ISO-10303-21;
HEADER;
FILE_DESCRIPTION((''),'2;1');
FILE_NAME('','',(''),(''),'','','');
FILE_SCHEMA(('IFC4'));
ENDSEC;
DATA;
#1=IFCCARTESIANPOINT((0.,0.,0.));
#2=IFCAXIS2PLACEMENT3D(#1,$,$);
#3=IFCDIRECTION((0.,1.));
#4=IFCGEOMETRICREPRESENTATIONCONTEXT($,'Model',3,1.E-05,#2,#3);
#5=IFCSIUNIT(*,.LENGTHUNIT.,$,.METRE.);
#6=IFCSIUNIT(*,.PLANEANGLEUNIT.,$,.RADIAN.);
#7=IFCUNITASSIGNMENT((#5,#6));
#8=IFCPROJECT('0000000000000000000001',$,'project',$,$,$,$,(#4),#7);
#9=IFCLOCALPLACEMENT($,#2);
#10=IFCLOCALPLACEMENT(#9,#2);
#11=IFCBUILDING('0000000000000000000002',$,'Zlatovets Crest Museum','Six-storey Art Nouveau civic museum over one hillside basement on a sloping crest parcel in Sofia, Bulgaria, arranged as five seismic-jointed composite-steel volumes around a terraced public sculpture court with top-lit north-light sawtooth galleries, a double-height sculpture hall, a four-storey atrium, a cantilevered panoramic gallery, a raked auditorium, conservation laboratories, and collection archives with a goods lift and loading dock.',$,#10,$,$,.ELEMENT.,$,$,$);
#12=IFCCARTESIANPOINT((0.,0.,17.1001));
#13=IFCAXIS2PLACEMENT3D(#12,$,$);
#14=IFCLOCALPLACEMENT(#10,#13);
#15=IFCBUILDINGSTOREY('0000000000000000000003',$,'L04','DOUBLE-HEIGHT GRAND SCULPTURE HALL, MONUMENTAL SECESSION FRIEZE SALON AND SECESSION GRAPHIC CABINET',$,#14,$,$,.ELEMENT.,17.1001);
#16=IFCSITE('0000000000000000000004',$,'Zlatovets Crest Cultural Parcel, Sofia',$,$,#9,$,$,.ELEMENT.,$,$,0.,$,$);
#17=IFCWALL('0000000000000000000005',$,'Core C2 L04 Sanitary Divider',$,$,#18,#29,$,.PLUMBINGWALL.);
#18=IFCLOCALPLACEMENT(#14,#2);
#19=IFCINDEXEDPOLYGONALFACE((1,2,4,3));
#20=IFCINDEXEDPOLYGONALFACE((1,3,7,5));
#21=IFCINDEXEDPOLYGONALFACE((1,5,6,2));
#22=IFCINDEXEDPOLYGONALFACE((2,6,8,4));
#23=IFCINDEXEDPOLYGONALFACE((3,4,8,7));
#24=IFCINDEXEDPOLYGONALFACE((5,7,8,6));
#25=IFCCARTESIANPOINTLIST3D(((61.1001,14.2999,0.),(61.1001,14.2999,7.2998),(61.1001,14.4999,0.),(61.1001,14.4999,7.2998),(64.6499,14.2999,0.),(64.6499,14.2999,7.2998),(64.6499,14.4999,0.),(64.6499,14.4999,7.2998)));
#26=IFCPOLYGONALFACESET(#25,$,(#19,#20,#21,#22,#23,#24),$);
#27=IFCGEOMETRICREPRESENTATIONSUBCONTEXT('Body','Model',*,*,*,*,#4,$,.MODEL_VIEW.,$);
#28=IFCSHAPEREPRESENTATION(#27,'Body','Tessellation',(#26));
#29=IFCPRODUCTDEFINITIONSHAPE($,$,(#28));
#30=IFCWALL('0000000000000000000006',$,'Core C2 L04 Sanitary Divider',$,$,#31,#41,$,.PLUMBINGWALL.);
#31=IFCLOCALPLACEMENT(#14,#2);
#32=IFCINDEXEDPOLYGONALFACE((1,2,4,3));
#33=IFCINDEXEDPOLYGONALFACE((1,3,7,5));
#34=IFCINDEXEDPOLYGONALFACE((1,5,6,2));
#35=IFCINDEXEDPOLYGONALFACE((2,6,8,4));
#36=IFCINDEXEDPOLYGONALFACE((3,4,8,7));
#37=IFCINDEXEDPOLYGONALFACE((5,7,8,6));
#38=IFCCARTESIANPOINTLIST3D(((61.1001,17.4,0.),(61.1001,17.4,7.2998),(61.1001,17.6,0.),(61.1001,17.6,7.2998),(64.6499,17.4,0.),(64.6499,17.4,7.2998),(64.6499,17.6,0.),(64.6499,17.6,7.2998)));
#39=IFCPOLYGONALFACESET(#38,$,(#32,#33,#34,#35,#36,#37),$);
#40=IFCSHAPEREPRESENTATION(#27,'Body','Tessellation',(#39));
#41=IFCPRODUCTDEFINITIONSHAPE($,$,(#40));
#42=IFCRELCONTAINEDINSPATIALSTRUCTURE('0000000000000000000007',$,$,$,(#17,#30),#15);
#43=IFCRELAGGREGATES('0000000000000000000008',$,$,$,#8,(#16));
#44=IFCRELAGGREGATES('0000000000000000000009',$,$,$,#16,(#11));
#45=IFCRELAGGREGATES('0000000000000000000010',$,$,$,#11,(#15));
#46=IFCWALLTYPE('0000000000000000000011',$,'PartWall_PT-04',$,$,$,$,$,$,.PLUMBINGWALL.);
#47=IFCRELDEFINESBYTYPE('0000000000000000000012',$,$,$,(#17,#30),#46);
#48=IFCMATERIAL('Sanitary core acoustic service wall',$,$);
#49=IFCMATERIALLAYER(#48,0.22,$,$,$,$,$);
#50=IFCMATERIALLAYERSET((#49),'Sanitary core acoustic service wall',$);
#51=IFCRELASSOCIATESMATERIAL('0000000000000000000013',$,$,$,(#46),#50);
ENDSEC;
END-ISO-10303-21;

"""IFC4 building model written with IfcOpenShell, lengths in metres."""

from ifc_helpers import new_model, si_unit, direction, frame, frame_2d, origin, place, context, subcontext, project, spatial, rectangle, extrude, material, layer, layer_set, type_object, element, save


model = new_model("IFC4")

# Units and contexts
model_context = context("Model", 3, precision=1e-05, world=origin(), true_north=direction((0.0, 1.0)))
body_context = subcontext(model_context, "Body", "Model", "MODEL_VIEW")
ifc_project = project(units=[si_unit("LENGTHUNIT", "METRE"), si_unit("PLANEANGLEUNIT", "RADIAN")], contexts=[model_context])

# Site, building, storey
site_placement = place(None, origin())
site = spatial("IfcSite", under=ifc_project, at=site_placement, Name="Zlatovets Crest Cultural Parcel, Sofia", CompositionType="ELEMENT", RefElevation=0.0)
building_placement = place(site_placement, origin())
building = spatial("IfcBuilding", under=site, at=building_placement, Name="Zlatovets Crest Museum", Description="Six-storey Art Nouveau civic museum over one hillside basement on a sloping crest parcel in Sofia, Bulgaria, arranged as five seismic-jointed composite-steel volumes around a terraced public sculpture court with top-lit north-light sawtooth galleries, a double-height sculpture hall, a four-storey atrium, a cantilevered panoramic gallery, a raked auditorium, conservation laboratories, and collection archives with a goods lift and loading dock.", CompositionType="ELEMENT")
storey_placement = place(building_placement, frame((0.0, 0.0, 17.1001)))
storey = spatial("IfcBuildingStorey", under=building, at=storey_placement, Name="L04", Description="DOUBLE-HEIGHT GRAND SCULPTURE HALL, MONUMENTAL SECESSION FRIEZE SALON AND SECESSION GRAPHIC CABINET", CompositionType="ELEMENT", Elevation=17.1001)

# Walls
ifc_material_1 = material(Name="Sanitary core acoustic service wall")
ifc_layer_1 = layer(ifc_material_1, 0.22)
ifc_layer_set_1 = layer_set([ifc_layer_1], Name="Sanitary core acoustic service wall")
wall_type_1 = type_object("IfcWallType", Name="PartWall_PT-04", PredefinedType="PLUMBINGWALL", material=ifc_layer_set_1)
for number, where, z_axis, x_axis, name in (
    (1, (61.1001, 14.3999, 0.0), (0.0, 0.0, 1.0), (1.0, 0.0, 0.0), "Core C2 L04 Sanitary Divider"),
    (2, (61.1001, 17.5, 0.0), (0.0, 0.0, 1.0), (1.0, 0.0, 0.0), "Core C2 L04 Sanitary Divider"),
):
    element("IfcWall", number, at=place(storey_placement, frame(where, z_axis=z_axis, x_axis=x_axis)), inside=storey, type_object=wall_type_1, Name=name, PredefinedType="PLUMBINGWALL", context=body_context, shape_type="SweptSolid", body=[
        extrude(rectangle(XDim=3.5498, YDim=0.2, at=frame_2d((1.7749, 0.0))), origin(), (0.0, 0.0, 1.0), 7.2998),
    ])

save(model, "model.ifc")
